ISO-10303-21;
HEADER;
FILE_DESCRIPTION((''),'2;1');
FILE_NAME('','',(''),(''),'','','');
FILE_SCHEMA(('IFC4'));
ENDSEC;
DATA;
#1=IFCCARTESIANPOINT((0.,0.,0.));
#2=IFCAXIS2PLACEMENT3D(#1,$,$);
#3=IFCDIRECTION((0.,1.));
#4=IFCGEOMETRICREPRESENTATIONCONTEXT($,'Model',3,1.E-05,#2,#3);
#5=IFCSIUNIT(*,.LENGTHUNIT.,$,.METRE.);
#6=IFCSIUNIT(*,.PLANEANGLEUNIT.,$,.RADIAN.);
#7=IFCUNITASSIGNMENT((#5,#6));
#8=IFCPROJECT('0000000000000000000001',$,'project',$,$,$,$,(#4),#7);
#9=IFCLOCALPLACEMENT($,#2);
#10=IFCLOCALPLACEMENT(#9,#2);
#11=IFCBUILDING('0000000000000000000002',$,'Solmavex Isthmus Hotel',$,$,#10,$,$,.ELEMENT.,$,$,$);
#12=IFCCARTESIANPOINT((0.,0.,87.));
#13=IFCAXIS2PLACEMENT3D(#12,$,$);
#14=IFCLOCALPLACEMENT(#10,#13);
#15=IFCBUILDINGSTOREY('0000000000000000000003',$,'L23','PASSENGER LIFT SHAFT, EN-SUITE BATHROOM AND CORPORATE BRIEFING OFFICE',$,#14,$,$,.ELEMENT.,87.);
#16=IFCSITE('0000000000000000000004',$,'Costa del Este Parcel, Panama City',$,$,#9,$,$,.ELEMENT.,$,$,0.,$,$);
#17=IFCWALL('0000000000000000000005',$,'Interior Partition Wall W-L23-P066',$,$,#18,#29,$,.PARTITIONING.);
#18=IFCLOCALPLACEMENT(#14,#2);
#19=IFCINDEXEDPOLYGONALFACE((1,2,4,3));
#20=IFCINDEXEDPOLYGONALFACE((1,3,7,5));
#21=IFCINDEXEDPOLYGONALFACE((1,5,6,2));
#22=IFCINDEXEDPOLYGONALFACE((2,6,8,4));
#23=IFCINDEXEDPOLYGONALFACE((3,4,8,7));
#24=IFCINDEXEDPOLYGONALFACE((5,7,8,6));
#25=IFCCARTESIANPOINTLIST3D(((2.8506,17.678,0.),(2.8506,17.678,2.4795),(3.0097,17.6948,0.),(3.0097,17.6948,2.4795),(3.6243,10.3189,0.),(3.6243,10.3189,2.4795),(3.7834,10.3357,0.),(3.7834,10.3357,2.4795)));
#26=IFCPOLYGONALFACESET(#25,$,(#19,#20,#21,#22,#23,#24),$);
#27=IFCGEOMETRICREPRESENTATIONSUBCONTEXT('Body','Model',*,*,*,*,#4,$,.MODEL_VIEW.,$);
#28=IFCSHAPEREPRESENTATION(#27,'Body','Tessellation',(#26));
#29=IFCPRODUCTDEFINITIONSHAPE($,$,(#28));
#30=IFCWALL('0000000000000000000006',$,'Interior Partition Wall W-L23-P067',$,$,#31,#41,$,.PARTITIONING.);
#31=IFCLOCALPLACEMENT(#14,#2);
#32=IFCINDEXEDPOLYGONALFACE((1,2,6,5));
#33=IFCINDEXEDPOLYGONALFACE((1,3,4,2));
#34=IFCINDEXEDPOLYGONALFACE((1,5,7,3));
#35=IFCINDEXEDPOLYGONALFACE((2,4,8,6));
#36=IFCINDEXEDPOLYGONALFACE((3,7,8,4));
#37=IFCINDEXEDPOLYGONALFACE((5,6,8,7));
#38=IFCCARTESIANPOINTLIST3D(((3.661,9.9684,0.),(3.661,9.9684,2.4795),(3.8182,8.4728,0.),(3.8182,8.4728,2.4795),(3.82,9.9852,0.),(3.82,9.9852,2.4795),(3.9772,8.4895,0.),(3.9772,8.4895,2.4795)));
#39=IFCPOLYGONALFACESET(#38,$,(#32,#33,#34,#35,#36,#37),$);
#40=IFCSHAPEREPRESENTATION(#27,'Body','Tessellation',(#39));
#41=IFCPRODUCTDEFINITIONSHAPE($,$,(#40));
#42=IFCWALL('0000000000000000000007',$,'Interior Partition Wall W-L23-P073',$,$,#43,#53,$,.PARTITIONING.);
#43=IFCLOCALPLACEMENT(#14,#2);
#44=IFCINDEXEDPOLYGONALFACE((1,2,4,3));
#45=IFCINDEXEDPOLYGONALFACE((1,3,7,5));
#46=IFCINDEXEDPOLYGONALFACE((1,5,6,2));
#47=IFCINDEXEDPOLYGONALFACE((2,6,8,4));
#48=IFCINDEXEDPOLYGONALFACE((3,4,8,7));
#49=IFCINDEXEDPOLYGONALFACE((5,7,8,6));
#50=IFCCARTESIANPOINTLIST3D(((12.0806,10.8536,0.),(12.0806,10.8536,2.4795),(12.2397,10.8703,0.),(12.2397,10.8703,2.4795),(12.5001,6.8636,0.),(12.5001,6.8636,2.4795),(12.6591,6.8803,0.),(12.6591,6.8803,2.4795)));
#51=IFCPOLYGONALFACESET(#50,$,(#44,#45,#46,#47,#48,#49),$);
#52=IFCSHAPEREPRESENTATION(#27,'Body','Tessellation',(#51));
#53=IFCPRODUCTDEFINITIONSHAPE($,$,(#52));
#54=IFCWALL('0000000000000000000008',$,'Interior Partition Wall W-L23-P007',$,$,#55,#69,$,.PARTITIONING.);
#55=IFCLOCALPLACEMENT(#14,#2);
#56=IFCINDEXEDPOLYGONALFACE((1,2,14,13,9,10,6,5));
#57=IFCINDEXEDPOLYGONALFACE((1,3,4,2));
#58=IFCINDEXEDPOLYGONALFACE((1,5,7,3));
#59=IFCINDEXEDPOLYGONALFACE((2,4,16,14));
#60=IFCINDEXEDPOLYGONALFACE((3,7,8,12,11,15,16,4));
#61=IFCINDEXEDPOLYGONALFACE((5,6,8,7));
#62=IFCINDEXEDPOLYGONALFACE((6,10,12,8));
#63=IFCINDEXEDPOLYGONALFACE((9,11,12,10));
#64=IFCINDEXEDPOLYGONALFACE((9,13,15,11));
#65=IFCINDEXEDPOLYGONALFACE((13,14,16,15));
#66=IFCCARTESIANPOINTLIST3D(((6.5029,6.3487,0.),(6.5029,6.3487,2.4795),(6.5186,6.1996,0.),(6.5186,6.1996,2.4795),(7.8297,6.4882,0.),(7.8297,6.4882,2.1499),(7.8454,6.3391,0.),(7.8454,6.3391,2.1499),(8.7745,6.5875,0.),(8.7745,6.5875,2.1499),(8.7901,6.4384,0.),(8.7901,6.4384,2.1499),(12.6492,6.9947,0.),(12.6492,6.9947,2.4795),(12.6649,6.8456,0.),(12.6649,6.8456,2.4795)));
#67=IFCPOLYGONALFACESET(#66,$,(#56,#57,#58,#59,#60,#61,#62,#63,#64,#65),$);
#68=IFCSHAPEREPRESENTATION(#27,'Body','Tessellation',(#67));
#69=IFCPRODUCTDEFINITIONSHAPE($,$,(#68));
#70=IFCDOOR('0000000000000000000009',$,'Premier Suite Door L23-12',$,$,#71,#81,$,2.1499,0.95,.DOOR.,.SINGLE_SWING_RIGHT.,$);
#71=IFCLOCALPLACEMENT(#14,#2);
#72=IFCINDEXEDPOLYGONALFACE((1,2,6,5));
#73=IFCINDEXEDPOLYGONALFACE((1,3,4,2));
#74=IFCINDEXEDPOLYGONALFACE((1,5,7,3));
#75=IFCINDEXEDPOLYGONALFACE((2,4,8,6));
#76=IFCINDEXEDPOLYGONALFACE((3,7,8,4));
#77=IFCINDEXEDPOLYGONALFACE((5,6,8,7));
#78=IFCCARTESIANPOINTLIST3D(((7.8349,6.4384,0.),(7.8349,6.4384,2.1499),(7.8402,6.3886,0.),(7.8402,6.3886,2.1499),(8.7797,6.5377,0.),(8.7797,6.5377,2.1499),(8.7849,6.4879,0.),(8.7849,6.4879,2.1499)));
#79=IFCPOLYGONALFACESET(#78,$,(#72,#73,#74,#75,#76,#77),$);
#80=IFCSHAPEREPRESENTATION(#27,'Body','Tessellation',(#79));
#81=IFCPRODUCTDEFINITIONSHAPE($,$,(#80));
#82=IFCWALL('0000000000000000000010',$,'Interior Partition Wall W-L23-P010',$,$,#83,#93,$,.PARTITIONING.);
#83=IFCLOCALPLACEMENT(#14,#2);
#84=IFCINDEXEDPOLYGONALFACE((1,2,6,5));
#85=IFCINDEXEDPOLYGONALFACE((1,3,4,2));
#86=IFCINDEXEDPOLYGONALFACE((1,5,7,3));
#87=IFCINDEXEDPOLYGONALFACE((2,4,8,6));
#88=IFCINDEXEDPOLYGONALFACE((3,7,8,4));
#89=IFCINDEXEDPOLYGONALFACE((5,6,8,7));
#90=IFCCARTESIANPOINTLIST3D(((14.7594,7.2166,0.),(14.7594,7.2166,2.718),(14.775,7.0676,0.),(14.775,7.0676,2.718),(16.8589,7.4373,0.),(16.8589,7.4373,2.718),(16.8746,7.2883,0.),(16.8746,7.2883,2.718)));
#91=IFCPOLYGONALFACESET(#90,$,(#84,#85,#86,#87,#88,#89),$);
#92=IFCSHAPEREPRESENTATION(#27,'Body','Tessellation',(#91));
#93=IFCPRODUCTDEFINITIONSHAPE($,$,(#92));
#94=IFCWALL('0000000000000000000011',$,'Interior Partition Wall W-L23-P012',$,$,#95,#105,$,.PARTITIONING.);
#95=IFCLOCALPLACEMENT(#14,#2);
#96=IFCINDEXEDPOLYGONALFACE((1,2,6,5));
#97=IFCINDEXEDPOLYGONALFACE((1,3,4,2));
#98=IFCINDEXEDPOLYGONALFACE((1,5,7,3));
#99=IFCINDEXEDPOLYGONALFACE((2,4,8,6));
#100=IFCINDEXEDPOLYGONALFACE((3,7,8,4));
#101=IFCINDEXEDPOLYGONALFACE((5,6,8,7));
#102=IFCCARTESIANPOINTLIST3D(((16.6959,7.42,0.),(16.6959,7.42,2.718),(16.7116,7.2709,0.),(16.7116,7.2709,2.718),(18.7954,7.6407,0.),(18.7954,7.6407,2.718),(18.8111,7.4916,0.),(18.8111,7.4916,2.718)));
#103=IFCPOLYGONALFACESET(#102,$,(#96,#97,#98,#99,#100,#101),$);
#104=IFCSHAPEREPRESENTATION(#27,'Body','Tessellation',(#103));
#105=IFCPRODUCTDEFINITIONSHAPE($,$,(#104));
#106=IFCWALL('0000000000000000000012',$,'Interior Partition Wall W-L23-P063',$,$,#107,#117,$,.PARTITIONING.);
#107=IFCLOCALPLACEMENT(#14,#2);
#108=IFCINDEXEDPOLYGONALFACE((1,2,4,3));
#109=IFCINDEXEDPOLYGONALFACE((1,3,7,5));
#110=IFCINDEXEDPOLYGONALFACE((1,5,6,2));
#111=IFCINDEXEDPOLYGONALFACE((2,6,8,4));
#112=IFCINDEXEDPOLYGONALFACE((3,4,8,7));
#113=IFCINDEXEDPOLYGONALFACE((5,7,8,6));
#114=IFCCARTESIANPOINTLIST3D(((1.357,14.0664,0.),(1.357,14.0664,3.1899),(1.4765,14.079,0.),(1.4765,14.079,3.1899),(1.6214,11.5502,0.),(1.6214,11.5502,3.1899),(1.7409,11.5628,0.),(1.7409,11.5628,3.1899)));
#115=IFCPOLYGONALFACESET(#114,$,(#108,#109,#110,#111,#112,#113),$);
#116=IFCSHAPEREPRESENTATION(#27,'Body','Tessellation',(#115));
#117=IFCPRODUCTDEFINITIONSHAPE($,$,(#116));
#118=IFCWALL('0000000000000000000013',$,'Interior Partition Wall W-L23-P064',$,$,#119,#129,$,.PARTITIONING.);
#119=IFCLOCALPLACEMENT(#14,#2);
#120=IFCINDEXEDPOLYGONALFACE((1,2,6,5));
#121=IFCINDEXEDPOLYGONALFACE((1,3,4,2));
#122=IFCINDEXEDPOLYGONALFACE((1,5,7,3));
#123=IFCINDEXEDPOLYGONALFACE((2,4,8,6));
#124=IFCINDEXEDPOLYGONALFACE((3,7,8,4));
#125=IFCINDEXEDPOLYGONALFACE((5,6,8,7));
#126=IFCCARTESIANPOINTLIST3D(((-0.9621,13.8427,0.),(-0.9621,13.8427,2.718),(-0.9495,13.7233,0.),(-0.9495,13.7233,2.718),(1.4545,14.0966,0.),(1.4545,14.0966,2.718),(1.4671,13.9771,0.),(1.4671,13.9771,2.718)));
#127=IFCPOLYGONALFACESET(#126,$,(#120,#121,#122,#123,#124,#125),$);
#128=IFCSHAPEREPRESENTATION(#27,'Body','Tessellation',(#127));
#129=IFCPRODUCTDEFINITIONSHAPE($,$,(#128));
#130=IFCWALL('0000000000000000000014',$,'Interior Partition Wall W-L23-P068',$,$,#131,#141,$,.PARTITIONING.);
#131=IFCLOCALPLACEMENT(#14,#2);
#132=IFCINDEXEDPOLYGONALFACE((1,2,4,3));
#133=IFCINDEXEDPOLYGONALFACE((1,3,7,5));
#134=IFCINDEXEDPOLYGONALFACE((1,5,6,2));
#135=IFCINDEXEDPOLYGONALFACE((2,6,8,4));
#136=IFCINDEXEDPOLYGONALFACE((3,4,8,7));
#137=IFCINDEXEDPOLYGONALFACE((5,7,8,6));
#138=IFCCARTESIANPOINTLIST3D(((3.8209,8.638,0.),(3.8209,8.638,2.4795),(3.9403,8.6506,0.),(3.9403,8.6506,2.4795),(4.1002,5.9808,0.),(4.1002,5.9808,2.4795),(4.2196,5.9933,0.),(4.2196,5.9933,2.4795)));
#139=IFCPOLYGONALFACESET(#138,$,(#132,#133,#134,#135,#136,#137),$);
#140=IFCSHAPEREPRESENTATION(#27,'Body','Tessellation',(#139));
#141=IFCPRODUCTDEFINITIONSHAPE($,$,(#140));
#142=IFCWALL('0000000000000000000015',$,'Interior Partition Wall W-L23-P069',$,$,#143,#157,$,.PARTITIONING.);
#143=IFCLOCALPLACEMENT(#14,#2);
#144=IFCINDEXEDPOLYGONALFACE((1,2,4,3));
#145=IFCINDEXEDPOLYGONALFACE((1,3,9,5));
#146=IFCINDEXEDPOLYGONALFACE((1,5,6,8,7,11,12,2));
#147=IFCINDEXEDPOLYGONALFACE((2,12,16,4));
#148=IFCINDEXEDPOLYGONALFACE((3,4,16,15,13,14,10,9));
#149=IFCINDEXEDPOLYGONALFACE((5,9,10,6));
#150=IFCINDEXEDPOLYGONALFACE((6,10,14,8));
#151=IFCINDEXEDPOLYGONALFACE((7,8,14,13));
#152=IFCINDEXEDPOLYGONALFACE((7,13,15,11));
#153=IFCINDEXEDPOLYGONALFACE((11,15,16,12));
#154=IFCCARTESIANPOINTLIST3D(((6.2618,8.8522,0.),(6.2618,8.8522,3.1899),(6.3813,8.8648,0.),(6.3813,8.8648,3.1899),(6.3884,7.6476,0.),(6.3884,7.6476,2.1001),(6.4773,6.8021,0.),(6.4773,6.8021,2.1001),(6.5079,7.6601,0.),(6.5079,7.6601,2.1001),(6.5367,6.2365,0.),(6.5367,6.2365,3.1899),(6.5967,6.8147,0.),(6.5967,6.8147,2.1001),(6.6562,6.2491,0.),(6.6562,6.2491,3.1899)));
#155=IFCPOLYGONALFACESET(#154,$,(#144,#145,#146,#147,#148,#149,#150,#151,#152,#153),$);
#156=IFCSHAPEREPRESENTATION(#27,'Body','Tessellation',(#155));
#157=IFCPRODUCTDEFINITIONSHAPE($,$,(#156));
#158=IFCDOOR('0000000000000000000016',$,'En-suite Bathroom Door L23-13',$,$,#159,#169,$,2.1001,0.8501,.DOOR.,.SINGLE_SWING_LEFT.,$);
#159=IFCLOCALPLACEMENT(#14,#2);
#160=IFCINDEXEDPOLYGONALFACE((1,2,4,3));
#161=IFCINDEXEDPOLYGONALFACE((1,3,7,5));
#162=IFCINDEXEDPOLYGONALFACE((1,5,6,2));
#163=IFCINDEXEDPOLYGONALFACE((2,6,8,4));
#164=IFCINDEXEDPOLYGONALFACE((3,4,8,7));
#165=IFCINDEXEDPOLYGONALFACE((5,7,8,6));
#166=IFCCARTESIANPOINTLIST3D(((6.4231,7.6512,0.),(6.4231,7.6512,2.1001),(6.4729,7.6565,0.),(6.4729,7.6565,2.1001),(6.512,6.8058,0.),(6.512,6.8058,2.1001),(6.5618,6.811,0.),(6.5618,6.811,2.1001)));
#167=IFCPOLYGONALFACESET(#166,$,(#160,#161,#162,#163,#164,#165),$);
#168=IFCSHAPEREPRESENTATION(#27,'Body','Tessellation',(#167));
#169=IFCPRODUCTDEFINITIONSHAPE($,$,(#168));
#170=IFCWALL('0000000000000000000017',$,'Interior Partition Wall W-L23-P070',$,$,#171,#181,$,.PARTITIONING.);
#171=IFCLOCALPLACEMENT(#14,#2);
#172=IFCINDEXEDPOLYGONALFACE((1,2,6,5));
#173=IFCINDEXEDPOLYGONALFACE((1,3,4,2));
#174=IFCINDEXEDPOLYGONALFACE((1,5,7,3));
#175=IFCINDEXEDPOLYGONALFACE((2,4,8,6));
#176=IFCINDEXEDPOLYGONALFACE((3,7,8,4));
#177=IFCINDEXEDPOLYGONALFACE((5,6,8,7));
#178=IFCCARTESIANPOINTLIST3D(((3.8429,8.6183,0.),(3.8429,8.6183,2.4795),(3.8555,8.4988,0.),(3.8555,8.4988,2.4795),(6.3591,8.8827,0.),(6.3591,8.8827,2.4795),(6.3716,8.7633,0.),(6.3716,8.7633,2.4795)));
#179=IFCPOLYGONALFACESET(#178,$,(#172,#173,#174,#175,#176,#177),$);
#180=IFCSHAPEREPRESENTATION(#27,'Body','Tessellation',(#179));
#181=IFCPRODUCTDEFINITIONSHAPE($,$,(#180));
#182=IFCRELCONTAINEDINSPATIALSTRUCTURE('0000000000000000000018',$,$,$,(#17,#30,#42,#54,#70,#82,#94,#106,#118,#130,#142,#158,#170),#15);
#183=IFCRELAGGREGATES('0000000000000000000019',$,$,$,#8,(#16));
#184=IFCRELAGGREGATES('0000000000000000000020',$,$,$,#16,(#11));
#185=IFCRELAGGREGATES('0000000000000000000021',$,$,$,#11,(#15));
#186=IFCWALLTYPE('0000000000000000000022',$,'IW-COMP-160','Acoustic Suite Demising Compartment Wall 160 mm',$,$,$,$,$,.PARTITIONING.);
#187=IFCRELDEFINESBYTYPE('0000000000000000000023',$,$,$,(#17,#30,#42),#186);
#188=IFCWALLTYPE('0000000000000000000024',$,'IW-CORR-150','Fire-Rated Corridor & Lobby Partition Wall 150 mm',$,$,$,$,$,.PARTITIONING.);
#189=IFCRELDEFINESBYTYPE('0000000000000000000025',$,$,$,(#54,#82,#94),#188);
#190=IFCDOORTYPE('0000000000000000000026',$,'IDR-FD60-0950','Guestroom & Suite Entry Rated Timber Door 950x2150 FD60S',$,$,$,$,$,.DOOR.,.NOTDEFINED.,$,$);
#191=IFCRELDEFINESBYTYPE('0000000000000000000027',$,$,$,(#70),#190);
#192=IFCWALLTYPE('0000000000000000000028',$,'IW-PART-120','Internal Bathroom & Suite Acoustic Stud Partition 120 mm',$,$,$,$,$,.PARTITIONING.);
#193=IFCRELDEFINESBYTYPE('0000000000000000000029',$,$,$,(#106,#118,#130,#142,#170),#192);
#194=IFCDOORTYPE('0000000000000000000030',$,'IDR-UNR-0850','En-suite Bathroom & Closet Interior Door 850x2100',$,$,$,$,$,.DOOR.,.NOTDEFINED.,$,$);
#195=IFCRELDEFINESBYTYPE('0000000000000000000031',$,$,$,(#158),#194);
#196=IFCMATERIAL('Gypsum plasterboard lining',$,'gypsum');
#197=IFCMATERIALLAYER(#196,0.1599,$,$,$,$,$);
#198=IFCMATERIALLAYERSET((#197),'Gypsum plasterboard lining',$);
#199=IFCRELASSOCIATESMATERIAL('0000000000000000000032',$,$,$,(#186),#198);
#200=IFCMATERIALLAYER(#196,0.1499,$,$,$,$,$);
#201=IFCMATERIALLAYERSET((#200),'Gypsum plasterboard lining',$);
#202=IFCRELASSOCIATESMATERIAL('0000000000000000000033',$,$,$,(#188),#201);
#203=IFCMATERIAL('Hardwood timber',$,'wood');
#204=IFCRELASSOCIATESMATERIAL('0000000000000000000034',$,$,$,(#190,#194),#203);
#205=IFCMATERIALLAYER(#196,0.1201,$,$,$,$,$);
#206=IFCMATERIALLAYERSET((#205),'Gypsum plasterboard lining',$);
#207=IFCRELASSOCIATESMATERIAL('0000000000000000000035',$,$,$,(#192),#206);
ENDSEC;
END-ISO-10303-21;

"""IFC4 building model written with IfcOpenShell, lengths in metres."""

from ifc_helpers import new_model, si_unit, direction, frame, frame_2d, origin, place, context, subcontext, project, spatial, rectangle, extrude, material, layer, layer_set, type_object, element, fill, save


model = new_model("IFC4")

# Units and contexts
model_context = context("Model", 3, precision=1e-05, world=origin(), true_north=direction((0.0, 1.0)))
body_context = subcontext(model_context, "Body", "Model", "MODEL_VIEW")
ifc_project = project(units=[si_unit("LENGTHUNIT", "METRE"), si_unit("PLANEANGLEUNIT", "RADIAN")], contexts=[model_context])

# Site, building, storey
site_placement = place(None, origin())
site = spatial("IfcSite", under=ifc_project, at=site_placement, Name="Costa del Este Parcel, Panama City", CompositionType="ELEMENT", RefElevation=0.0)
building_placement = place(site_placement, origin())
building = spatial("IfcBuilding", under=site, at=building_placement, Name="Solmavex Isthmus Hotel", CompositionType="ELEMENT")
storey_placement = place(building_placement, frame((0.0, 0.0, 87.0)))
storey = spatial("IfcBuildingStorey", under=building, at=storey_placement, Name="L23", Description="PASSENGER LIFT SHAFT, EN-SUITE BATHROOM AND CORPORATE BRIEFING OFFICE", CompositionType="ELEMENT", Elevation=87.0)

# Walls
ifc_material_1 = material(Name="Gypsum plasterboard lining", Category="gypsum")
ifc_layer_1 = layer(ifc_material_1, 0.1599)
ifc_layer_set_1 = layer_set([ifc_layer_1], Name="Gypsum plasterboard lining")
wall_type_1 = type_object("IfcWallType", Name="IW-COMP-160", Description="Acoustic Suite Demising Compartment Wall 160 mm", PredefinedType="PARTITIONING", material=ifc_layer_set_1)
wall_1_placement = place(storey_placement, frame((2.9302, 17.6863, 0.0), z_axis=(0.0, 0.0, 1.0), x_axis=(0.104556, -0.994519, 0.0)))
element("IfcWall", 1, at=wall_1_placement, inside=storey, type_object=wall_type_1, Name="Interior Partition Wall W-L23-P066", PredefinedType="PARTITIONING", context=body_context, shape_type="SweptSolid", body=[
    extrude(rectangle(XDim=7.3997, YDim=0.1599, at=frame_2d((3.6997, 0.0))), origin(), (0.0, 0.0, 1.0), 2.4795),
])
wall_2_placement = place(storey_placement, frame((3.7405, 9.9768, 0.0), z_axis=(0.0, 0.0, 1.0), x_axis=(0.10455, -0.99452, 0.0)))
element("IfcWall", 2, at=wall_2_placement, inside=storey, type_object=wall_type_1, Name="Interior Partition Wall W-L23-P067", PredefinedType="PARTITIONING", context=body_context, shape_type="SweptSolid", body=[
    extrude(rectangle(XDim=1.5039, YDim=0.1599, at=frame_2d((0.752, 0.0))), origin(), (0.0, 0.0, 1.0), 2.4795),
])
wall_3_placement = place(storey_placement, frame((12.1602, 10.8618, 0.0), z_axis=(0.0, 0.0, 1.0), x_axis=(0.104545, -0.99452, 0.0)))
element("IfcWall", 3, at=wall_3_placement, inside=storey, type_object=wall_type_1, Name="Interior Partition Wall W-L23-P073", PredefinedType="PARTITIONING", context=body_context, shape_type="SweptSolid", body=[
    extrude(rectangle(XDim=4.012, YDim=0.1599, at=frame_2d((2.0059, 0.0))), origin(), (0.0, 0.0, 1.0), 2.4795),
])

# Wall, opening, door
ifc_layer_2 = layer(ifc_material_1, 0.1499)
ifc_layer_set_2 = layer_set([ifc_layer_2], Name="Gypsum plasterboard lining")
wall_type_2 = type_object("IfcWallType", Name="IW-CORR-150", Description="Fire-Rated Corridor & Lobby Partition Wall 150 mm", PredefinedType="PARTITIONING", material=ifc_layer_set_2)
wall_4_placement = place(storey_placement, frame((6.5107, 6.2742, 0.0), z_axis=(0.0, 0.0, 1.0), x_axis=(0.994522, 0.104528, 0.0)))
wall_4 = element("IfcWall", 4, at=wall_4_placement, inside=storey, type_object=wall_type_2, Name="Interior Partition Wall W-L23-P007", PredefinedType="PARTITIONING", context=body_context, shape_type="SweptSolid", body=[
    extrude(rectangle(XDim=6.1802, YDim=0.1499, at=frame_2d((3.0901, 0.0))), origin(), (0.0, 0.0, 1.0), 2.4795),
])
opening_1_placement = place(wall_4_placement, frame((1.334, 0.0, 0.0)))
opening_1 = element("IfcOpeningElement", 5, at=opening_1_placement, cuts=wall_4, PredefinedType="OPENING", context=body_context, shape_type="SweptSolid", body=[
    extrude(rectangle(XDim=0.95, YDim=2.1499, at=frame_2d((0.4751, 1.075))), frame((0.0, 0.085, 0.0), z_axis=(0.0, -1.0, 0.0), x_axis=(1.0, 0.0, 0.0)), (0.0, 0.0, 1.0), 0.1699),
])
ifc_material_2 = material(Name="Hardwood timber", Category="wood")
door_type_1 = type_object("IfcDoorType", Name="IDR-FD60-0950", Description="Guestroom & Suite Entry Rated Timber Door 950x2150 FD60S", OperationType="NOTDEFINED", PredefinedType="DOOR", material=ifc_material_2)
door_1_placement = place(opening_1_placement, origin())
door_1 = element("IfcDoor", 6, at=door_1_placement, inside=storey, type_object=door_type_1, Name="Premier Suite Door L23-12", OperationType="SINGLE_SWING_RIGHT", OverallHeight=2.1499, OverallWidth=0.95, PredefinedType="DOOR", context=body_context, shape_type="SweptSolid", body=[
    extrude(rectangle(XDim=0.95, YDim=2.1499, at=frame_2d((0.4751, 1.075))), frame((0.0, 0.0249, 0.0), z_axis=(0.0, -1.0, 0.0), x_axis=(1.0, 0.0, 0.0)), (0.0, 0.0, 1.0), 0.05),
])
fill(opening_1, door_1)

# Walls
for number, where, z_axis, x_axis, name in (
    (7, (14.7671, 7.1421, 0.0), (0.0, 0.0, 1.0), (0.994521, 0.10454, 0.0), "Interior Partition Wall W-L23-P010"),
    (8, (16.7036, 7.3455, 0.0), (0.0, 0.0, 1.0), (0.994521, 0.10454, 0.0), "Interior Partition Wall W-L23-P012"),
):
    element("IfcWall", number, at=place(storey_placement, frame(where, z_axis=z_axis, x_axis=x_axis)), inside=storey, type_object=wall_type_2, Name=name, PredefinedType="PARTITIONING", context=body_context, shape_type="SweptSolid", body=[
        extrude(rectangle(XDim=2.1111, YDim=0.1499, at=frame_2d((1.0557, 0.0))), origin(), (0.0, 0.0, 1.0), 2.718),
    ])
ifc_layer_3 = layer(ifc_material_1, 0.1201)
ifc_layer_set_3 = layer_set([ifc_layer_3], Name="Gypsum plasterboard lining")
wall_type_3 = type_object("IfcWallType", Name="IW-PART-120", Description="Internal Bathroom & Suite Acoustic Stud Partition 120 mm", PredefinedType="PARTITIONING", material=ifc_layer_set_3)
wall_5_placement = place(storey_placement, frame((1.6812, 11.5564, 0.0), z_axis=(0.0, 0.0, 1.0), x_axis=(-0.104509, 0.994524, 0.0)))
element("IfcWall", 9, at=wall_5_placement, inside=storey, type_object=wall_type_3, Name="Interior Partition Wall W-L23-P063", PredefinedType="PARTITIONING", context=body_context, shape_type="SweptSolid", body=[
    extrude(rectangle(XDim=2.53, YDim=0.1201, at=frame_2d((1.2651, 0.0))), origin(), (0.0, 0.0, 1.0), 3.1899),
])
wall_6_placement = place(storey_placement, frame((1.4607, 14.0369, 0.0), z_axis=(0.0, 0.0, 1.0), x_axis=(-0.994526, -0.104486, 0.0)))
element("IfcWall", 10, at=wall_6_placement, inside=storey, type_object=wall_type_3, Name="Interior Partition Wall W-L23-P064", PredefinedType="PARTITIONING", context=body_context, shape_type="SweptSolid", body=[
    extrude(rectangle(XDim=2.4299, YDim=0.1201, at=frame_2d((1.2148, 0.0))), origin(), (0.0, 0.0, 1.0), 2.718),
])
wall_7_placement = place(storey_placement, frame((3.8806, 8.6443, 0.0), z_axis=(0.0, 0.0, 1.0), x_axis=(0.104533, -0.994521, 0.0)))
element("IfcWall", 11, at=wall_7_placement, inside=storey, type_object=wall_type_3, Name="Interior Partition Wall W-L23-P068", PredefinedType="PARTITIONING", context=body_context, shape_type="SweptSolid", body=[
    extrude(rectangle(XDim=2.6719, YDim=0.1201, at=frame_2d((1.3359, 0.0))), origin(), (0.0, 0.0, 1.0), 2.4795),
])

# Wall, opening, door
wall_8_placement = place(storey_placement, frame((6.5964, 6.2429, 0.0), z_axis=(0.0, 0.0, 1.0), x_axis=(-0.10452, 0.994523, 0.0)))
wall_8 = element("IfcWall", 12, at=wall_8_placement, inside=storey, type_object=wall_type_3, Name="Interior Partition Wall W-L23-P069", PredefinedType="PARTITIONING", context=body_context, shape_type="SweptSolid", body=[
    extrude(rectangle(XDim=2.6301, YDim=0.1201, at=frame_2d((1.3149, 0.0))), origin(), (0.0, 0.0, 1.0), 3.1899),
])
opening_2_placement = place(wall_8_placement, frame((0.5686, 0.0, 0.0)))
opening_2 = element("IfcOpeningElement", 13, at=opening_2_placement, cuts=wall_8, PredefinedType="OPENING", context=body_context, shape_type="SweptSolid", body=[
    extrude(rectangle(XDim=0.8501, YDim=2.1001, at=frame_2d((0.425, 1.05))), frame((0.0, 0.0701, 0.0), z_axis=(0.0, -1.0, 0.0), x_axis=(1.0, 0.0, 0.0)), (0.0, 0.0, 1.0), 0.1401),
])
door_type_2 = type_object("IfcDoorType", Name="IDR-UNR-0850", Description="En-suite Bathroom & Closet Interior Door 850x2100", OperationType="NOTDEFINED", PredefinedType="DOOR", material=ifc_material_2)
door_2_placement = place(opening_2_placement, frame((0.8501, 0.0, 0.0), z_axis=(0.0, 0.0, 1.0), x_axis=(-1.0, 0.0, 0.0)))
door_2 = element("IfcDoor", 14, at=door_2_placement, inside=storey, type_object=door_type_2, Name="En-suite Bathroom Door L23-13", OperationType="SINGLE_SWING_LEFT", OverallHeight=2.1001, OverallWidth=0.8501, PredefinedType="DOOR", context=body_context, shape_type="SweptSolid", body=[
    extrude(rectangle(XDim=0.8501, YDim=2.1001, at=frame_2d((0.425, 1.05))), frame((0.0, 0.0249, 0.0), z_axis=(0.0, -1.0, 0.0), x_axis=(1.0, 0.0, 0.0)), (0.0, 0.0, 1.0), 0.05),
])
fill(opening_2, door_2)

# Wall
wall_9_placement = place(storey_placement, frame((6.3655, 8.823, 0.0), z_axis=(0.0, 0.0, 1.0), x_axis=(-0.994524, -0.104509, 0.0)))
element("IfcWall", 15, at=wall_9_placement, inside=storey, type_object=wall_type_3, Name="Interior Partition Wall W-L23-P070", PredefinedType="PARTITIONING", context=body_context, shape_type="SweptSolid", body=[
    extrude(rectangle(XDim=2.53, YDim=0.1201, at=frame_2d((1.2651, 0.0))), origin(), (0.0, 0.0, 1.0), 2.4795),
])

save(model, "model.ifc")
